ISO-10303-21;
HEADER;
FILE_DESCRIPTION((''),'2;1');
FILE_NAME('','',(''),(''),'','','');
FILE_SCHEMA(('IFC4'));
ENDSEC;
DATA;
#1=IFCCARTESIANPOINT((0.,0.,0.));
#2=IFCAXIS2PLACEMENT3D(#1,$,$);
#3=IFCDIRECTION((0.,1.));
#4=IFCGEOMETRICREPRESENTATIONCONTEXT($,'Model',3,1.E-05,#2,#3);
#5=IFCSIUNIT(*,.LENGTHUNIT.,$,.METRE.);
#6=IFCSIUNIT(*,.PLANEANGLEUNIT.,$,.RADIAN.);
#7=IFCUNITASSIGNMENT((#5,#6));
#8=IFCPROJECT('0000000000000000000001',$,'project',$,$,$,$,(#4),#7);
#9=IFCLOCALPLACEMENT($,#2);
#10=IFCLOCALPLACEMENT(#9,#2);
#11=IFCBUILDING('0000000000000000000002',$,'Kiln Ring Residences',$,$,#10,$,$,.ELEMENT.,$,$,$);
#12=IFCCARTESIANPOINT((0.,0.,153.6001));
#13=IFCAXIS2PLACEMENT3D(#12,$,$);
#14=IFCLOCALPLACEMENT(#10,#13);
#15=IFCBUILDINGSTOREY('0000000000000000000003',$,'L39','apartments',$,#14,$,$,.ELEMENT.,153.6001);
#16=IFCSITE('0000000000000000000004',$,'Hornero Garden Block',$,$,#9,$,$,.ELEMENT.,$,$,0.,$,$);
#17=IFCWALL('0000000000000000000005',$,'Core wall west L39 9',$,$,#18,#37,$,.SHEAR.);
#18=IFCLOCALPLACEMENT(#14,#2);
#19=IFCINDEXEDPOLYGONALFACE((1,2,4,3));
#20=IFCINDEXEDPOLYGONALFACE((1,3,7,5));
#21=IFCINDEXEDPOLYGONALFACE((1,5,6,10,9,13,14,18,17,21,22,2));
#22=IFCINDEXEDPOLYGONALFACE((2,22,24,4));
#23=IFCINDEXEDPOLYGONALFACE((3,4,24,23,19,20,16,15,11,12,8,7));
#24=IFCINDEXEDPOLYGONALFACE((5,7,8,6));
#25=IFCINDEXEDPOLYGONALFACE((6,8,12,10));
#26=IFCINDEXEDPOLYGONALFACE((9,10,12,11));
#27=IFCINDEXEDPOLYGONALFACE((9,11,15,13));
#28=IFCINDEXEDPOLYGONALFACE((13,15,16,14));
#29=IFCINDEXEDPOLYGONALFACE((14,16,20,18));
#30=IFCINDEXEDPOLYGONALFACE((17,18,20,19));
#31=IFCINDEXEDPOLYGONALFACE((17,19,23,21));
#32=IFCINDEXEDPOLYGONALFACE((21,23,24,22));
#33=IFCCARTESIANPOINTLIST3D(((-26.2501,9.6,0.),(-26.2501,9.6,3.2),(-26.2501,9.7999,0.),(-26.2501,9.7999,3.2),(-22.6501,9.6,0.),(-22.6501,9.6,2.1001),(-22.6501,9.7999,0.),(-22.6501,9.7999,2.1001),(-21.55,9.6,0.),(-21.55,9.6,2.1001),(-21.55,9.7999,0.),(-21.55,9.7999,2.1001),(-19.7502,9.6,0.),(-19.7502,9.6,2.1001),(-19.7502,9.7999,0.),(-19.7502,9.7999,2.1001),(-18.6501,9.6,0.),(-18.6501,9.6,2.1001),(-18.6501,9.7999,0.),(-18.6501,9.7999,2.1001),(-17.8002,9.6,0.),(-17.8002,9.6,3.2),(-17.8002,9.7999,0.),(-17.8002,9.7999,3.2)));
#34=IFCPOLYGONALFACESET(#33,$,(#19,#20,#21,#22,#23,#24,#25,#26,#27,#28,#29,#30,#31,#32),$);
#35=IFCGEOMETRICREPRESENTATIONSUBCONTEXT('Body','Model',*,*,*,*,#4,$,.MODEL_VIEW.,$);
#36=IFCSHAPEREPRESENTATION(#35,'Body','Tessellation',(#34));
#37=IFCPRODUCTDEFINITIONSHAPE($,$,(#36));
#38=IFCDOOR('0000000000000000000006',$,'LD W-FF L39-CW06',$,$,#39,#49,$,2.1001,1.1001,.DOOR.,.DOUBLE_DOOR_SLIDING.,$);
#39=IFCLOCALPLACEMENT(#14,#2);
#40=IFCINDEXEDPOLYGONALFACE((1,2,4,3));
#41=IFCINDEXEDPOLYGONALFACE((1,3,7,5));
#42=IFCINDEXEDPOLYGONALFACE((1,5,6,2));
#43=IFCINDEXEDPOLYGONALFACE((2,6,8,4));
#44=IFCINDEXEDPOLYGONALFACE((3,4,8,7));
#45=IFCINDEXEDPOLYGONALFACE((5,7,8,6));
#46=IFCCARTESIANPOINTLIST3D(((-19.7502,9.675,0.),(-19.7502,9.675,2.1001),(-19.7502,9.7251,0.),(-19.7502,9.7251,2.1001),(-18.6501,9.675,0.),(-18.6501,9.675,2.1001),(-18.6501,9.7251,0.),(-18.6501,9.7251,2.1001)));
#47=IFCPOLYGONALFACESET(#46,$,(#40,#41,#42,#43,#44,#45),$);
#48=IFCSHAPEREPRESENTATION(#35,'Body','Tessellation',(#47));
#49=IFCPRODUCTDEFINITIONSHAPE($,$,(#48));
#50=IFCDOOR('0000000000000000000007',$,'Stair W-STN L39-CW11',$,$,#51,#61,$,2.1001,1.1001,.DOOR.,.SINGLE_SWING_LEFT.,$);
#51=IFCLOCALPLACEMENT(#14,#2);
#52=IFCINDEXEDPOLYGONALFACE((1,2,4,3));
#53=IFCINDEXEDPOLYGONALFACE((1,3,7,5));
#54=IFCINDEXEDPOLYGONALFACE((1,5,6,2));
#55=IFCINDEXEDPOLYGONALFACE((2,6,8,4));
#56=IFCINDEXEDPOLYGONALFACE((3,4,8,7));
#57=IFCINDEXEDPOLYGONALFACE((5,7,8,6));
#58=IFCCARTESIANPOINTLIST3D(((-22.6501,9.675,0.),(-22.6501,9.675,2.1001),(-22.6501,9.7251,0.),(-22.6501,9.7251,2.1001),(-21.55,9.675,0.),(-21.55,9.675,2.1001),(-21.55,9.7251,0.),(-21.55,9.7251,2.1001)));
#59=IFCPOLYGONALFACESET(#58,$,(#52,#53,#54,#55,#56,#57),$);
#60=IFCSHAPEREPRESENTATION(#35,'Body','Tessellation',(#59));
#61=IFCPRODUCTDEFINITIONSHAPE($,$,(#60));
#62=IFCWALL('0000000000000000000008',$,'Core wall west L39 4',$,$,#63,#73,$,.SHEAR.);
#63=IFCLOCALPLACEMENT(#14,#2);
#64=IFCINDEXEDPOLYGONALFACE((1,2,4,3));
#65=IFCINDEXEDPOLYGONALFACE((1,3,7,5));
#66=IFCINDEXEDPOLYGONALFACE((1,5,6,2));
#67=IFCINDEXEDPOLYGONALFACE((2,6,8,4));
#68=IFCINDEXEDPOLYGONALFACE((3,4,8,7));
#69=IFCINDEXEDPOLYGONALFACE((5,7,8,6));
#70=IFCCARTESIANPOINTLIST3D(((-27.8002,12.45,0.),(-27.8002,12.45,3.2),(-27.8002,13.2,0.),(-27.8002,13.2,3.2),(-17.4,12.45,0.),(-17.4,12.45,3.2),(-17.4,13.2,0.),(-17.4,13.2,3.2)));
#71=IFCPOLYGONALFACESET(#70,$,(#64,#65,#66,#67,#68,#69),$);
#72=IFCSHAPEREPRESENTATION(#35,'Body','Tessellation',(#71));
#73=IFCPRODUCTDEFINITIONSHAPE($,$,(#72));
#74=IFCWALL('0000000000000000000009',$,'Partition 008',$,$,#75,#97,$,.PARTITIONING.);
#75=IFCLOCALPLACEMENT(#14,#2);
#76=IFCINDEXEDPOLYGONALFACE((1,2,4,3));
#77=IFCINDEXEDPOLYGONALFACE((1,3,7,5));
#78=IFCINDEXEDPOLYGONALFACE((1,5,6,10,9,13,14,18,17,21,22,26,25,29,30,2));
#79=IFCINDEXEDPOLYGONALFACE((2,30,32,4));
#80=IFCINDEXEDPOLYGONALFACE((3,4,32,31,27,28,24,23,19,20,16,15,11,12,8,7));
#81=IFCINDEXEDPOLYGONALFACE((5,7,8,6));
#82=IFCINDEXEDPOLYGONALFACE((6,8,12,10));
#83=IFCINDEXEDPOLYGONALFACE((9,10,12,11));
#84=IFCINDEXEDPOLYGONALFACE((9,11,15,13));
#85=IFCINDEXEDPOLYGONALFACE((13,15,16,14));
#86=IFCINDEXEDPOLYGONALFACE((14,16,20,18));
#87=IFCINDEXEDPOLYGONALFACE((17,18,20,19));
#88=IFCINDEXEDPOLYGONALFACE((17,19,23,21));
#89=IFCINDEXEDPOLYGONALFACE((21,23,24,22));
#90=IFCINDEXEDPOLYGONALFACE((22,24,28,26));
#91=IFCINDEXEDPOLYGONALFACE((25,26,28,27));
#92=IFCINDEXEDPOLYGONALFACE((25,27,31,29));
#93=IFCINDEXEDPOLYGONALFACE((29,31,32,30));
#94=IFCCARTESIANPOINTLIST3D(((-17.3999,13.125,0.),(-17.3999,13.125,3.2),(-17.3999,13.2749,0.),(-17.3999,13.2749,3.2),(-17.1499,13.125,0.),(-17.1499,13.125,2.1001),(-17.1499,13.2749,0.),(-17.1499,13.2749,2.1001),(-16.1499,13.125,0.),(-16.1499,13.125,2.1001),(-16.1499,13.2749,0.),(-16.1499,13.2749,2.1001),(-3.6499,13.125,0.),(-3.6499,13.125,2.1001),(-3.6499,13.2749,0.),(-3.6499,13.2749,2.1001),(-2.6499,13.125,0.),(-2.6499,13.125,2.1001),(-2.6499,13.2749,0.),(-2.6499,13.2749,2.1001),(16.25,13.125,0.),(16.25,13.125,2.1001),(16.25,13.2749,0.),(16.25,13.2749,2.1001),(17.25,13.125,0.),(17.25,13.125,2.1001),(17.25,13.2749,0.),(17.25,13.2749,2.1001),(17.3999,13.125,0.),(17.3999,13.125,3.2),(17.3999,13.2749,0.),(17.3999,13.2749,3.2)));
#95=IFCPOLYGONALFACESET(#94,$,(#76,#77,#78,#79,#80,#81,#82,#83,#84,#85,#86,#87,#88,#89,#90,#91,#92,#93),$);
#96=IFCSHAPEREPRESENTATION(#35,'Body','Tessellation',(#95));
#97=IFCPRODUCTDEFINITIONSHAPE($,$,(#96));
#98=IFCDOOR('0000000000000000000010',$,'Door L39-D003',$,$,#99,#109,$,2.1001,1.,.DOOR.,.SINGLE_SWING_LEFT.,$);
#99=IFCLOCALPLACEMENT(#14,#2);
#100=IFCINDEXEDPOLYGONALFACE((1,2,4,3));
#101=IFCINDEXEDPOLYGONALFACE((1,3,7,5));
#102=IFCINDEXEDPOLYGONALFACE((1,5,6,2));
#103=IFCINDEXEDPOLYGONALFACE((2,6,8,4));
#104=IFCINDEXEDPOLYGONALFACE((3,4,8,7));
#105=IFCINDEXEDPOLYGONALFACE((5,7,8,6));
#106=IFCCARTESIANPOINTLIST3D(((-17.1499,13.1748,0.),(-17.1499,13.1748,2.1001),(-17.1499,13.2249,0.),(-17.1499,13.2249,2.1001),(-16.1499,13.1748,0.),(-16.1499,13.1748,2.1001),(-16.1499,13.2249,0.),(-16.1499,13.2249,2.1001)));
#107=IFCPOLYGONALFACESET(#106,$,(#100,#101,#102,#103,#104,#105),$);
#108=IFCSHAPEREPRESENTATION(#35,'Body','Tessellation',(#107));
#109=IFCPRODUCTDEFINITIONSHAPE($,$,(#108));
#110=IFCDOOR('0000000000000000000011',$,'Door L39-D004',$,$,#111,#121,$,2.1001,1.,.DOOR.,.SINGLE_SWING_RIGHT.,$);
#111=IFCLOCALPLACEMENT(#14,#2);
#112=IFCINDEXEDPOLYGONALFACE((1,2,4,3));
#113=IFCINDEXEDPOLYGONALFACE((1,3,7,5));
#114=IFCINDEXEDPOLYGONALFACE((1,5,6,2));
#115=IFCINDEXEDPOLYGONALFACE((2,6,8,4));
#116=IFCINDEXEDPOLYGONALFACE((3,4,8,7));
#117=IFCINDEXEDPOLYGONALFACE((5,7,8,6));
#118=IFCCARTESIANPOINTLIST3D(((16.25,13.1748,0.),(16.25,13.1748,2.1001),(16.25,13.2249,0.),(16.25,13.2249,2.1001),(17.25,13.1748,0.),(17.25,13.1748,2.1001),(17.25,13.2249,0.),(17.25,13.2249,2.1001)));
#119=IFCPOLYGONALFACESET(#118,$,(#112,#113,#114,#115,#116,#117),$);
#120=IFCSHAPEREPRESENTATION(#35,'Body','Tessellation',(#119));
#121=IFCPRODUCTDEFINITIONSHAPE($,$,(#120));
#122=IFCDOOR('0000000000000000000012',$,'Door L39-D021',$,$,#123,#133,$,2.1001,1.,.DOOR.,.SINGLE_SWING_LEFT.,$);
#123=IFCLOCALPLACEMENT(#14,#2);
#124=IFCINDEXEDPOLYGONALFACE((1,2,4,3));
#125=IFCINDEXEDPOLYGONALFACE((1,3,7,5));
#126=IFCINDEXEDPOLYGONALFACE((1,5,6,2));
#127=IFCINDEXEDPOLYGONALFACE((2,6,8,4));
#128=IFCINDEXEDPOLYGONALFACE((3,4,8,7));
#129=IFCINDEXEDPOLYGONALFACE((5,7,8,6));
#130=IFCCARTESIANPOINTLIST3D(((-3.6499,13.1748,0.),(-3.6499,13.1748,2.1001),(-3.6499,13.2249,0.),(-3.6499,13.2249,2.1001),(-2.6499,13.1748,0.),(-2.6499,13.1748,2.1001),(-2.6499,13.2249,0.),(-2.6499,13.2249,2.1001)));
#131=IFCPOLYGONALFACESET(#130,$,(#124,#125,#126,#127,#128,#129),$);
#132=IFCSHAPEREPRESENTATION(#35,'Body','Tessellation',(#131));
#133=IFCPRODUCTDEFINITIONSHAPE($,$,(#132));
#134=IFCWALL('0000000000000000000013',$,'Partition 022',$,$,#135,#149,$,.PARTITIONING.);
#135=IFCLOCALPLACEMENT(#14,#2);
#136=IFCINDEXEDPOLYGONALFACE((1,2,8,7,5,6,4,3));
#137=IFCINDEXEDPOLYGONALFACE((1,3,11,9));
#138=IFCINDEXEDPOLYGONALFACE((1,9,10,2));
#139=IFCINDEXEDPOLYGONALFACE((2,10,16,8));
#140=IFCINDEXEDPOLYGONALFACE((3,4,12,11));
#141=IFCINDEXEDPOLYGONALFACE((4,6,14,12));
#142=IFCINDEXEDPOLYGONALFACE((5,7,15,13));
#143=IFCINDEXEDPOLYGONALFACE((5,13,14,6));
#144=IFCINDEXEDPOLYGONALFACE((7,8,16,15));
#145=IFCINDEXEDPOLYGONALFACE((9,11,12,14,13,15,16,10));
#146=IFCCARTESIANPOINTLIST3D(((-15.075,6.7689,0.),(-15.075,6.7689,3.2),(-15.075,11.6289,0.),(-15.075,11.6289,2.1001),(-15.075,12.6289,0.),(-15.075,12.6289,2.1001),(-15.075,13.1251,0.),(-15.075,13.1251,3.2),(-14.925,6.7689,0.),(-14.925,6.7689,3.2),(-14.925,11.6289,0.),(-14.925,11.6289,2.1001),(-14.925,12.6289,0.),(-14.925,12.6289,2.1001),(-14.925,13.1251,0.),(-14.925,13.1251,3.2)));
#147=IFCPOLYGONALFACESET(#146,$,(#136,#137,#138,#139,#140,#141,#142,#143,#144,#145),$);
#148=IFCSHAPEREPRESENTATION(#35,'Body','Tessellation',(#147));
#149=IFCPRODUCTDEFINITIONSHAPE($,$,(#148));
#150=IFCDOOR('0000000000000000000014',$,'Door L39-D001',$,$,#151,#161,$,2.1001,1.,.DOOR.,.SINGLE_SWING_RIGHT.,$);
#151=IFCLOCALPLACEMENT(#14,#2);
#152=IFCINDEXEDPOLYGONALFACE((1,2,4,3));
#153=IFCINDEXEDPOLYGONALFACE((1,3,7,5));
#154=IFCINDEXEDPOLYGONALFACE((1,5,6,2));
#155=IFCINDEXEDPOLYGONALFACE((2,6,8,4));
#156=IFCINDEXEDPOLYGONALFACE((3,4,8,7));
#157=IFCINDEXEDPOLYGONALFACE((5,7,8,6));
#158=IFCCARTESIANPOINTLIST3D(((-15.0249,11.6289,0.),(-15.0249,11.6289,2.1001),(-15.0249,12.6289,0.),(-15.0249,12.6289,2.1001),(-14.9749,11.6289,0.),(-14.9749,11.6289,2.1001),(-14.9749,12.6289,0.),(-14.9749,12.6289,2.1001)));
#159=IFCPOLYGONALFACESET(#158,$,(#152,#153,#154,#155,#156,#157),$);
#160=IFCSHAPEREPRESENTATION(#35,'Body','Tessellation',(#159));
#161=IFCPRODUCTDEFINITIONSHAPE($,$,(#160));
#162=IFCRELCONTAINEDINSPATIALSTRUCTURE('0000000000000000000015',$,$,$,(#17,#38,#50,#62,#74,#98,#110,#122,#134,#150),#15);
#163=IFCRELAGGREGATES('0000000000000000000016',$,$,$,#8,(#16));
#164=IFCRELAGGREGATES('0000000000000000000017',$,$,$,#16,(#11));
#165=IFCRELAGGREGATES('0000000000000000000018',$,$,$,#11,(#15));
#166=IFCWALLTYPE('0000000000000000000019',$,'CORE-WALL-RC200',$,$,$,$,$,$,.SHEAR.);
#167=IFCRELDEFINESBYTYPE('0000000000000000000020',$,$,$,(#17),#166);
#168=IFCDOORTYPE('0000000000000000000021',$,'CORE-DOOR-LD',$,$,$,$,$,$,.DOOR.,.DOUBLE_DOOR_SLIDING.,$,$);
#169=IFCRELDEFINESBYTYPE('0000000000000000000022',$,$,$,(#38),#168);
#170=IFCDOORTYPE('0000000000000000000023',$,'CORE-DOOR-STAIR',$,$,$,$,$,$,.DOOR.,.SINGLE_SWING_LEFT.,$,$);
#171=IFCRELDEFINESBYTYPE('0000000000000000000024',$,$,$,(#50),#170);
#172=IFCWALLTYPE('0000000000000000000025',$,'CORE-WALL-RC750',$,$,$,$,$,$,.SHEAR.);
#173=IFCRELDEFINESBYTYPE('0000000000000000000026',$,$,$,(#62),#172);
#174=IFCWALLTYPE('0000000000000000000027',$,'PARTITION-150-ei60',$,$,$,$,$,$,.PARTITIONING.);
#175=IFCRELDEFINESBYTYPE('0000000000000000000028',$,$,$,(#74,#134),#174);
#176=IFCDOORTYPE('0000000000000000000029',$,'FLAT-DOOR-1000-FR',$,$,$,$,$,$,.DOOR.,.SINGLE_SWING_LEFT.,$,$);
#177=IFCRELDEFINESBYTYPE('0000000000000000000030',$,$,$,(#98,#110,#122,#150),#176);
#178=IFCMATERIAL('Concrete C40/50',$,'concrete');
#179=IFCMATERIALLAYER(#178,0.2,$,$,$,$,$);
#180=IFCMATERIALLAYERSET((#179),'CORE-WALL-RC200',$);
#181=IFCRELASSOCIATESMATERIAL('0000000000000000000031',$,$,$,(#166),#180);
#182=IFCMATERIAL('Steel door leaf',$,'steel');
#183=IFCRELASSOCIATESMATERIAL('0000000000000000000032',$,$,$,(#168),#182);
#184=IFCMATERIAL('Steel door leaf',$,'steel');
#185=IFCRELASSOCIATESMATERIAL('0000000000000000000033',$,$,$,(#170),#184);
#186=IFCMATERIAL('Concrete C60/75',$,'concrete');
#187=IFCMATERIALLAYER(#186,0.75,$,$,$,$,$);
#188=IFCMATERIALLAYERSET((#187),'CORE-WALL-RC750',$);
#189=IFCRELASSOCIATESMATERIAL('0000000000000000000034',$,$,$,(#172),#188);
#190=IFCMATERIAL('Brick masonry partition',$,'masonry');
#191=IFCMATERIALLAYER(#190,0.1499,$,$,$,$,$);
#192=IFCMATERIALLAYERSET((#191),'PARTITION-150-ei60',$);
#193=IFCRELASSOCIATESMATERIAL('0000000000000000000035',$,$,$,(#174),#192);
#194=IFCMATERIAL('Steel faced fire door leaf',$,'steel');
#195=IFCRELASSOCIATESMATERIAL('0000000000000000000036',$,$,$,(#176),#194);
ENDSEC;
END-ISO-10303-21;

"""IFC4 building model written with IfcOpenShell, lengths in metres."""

from ifc_helpers import new_model, si_unit, direction, frame, frame_2d, origin, place, context, subcontext, project, spatial, rectangle, extrude, material, layer, layer_set, type_object, element, fill, save


model = new_model("IFC4")

# Units and contexts
model_context = context("Model", 3, precision=1e-05, world=origin(), true_north=direction((0.0, 1.0)))
body_context = subcontext(model_context, "Body", "Model", "MODEL_VIEW")
ifc_project = project(units=[si_unit("LENGTHUNIT", "METRE"), si_unit("PLANEANGLEUNIT", "RADIAN")], contexts=[model_context])

# Site, building, storey
site_placement = place(None, origin())
site = spatial("IfcSite", under=ifc_project, at=site_placement, Name="Hornero Garden Block", CompositionType="ELEMENT", RefElevation=0.0)
building_placement = place(site_placement, origin())
building = spatial("IfcBuilding", under=site, at=building_placement, Name="Kiln Ring Residences", CompositionType="ELEMENT")
storey_placement = place(building_placement, frame((0.0, 0.0, 153.6001)))
storey = spatial("IfcBuildingStorey", under=building, at=storey_placement, Name="L39", Description="apartments", CompositionType="ELEMENT", Elevation=153.6001)

# Wall, openings, doors
ifc_material_1 = material(Name="Concrete C40/50", Category="concrete")
ifc_layer_1 = layer(ifc_material_1, 0.2)
ifc_layer_set_1 = layer_set([ifc_layer_1], Name="CORE-WALL-RC200")
wall_type_1 = type_object("IfcWallType", Name="CORE-WALL-RC200", PredefinedType="SHEAR", material=ifc_layer_set_1)
wall_1_placement = place(storey_placement, frame((-17.8, 9.7, 0.0), z_axis=(0.0, 0.0, 1.0), x_axis=(-1.0, 0.0, 0.0)))
wall_1 = element("IfcWall", 1, at=wall_1_placement, inside=storey, type_object=wall_type_1, Name="Core wall west L39 9", PredefinedType="SHEAR", context=body_context, shape_type="SweptSolid", body=[
    extrude(rectangle(XDim=8.45, YDim=0.2, at=frame_2d((4.2251, 0.0))), origin(), (0.0, 0.0, 1.0), 3.2),
])
opening_1_placement = place(wall_1_placement, frame((0.8501, 0.0, 0.0)))
opening_1 = element("IfcOpeningElement", 2, at=opening_1_placement, cuts=wall_1, PredefinedType="OPENING", context=body_context, shape_type="SweptSolid", body=[
    extrude(rectangle(XDim=1.1001, YDim=2.1001, at=frame_2d((0.55, 1.05))), frame((0.0, 0.1099, 0.0), z_axis=(0.0, -1.0, 0.0), x_axis=(1.0, 0.0, 0.0)), (0.0, 0.0, 1.0), 0.22),
])
opening_2_placement = place(wall_1_placement, frame((3.75, 0.0, 0.0)))
opening_2 = element("IfcOpeningElement", 3, at=opening_2_placement, cuts=wall_1, PredefinedType="OPENING", context=body_context, shape_type="SweptSolid", body=[
    extrude(rectangle(XDim=1.1001, YDim=2.1001, at=frame_2d((0.55, 1.05))), frame((0.0, 0.1099, 0.0), z_axis=(0.0, -1.0, 0.0), x_axis=(1.0, 0.0, 0.0)), (0.0, 0.0, 1.0), 0.22),
])
ifc_material_2 = material(Name="Steel door leaf", Category="steel")
door_type_1 = type_object("IfcDoorType", Name="CORE-DOOR-LD", OperationType="DOUBLE_DOOR_SLIDING", PredefinedType="DOOR", material=ifc_material_2)
door_1_placement = place(opening_1_placement, origin())
door_1 = element("IfcDoor", 4, at=door_1_placement, inside=storey, type_object=door_type_1, Name="LD W-FF L39-CW06", OperationType="DOUBLE_DOOR_SLIDING", OverallHeight=2.1001, OverallWidth=1.1001, PredefinedType="DOOR", context=body_context, shape_type="SweptSolid", body=[
    extrude(rectangle(XDim=1.1001, YDim=2.1001, at=frame_2d((0.55, 1.05))), frame((0.0, 0.0249, 0.0), z_axis=(0.0, -1.0, 0.0), x_axis=(1.0, 0.0, 0.0)), (0.0, 0.0, 1.0), 0.05),
])
fill(opening_1, door_1)
ifc_material_3 = material(Name="Steel door leaf", Category="steel")
door_type_2 = type_object("IfcDoorType", Name="CORE-DOOR-STAIR", OperationType="SINGLE_SWING_LEFT", PredefinedType="DOOR", material=ifc_material_3)
door_2_placement = place(opening_2_placement, origin())
door_2 = element("IfcDoor", 5, at=door_2_placement, inside=storey, type_object=door_type_2, Name="Stair W-STN L39-CW11", OperationType="SINGLE_SWING_LEFT", OverallHeight=2.1001, OverallWidth=1.1001, PredefinedType="DOOR", context=body_context, shape_type="SweptSolid", body=[
    extrude(rectangle(XDim=1.1001, YDim=2.1001, at=frame_2d((0.55, 1.05))), frame((0.0, 0.0249, 0.0), z_axis=(0.0, -1.0, 0.0), x_axis=(1.0, 0.0, 0.0)), (0.0, 0.0, 1.0), 0.05),
])
fill(opening_2, door_2)

# Wall
ifc_material_4 = material(Name="Concrete C60/75", Category="concrete")
ifc_layer_2 = layer(ifc_material_4, 0.75)
ifc_layer_set_2 = layer_set([ifc_layer_2], Name="CORE-WALL-RC750")
wall_type_2 = type_object("IfcWallType", Name="CORE-WALL-RC750", PredefinedType="SHEAR", material=ifc_layer_set_2)
wall_2_placement = place(storey_placement, frame((-17.3999, 12.825, 0.0), z_axis=(0.0, 0.0, 1.0), x_axis=(-1.0, 0.0, 0.0)))
element("IfcWall", 6, at=wall_2_placement, inside=storey, type_object=wall_type_2, Name="Core wall west L39 4", PredefinedType="SHEAR", context=body_context, shape_type="SweptSolid", body=[
    extrude(rectangle(XDim=10.4001, YDim=0.75, at=frame_2d((5.2002, 0.0))), origin(), (0.0, 0.0, 1.0), 3.2),
])

# Wall, openings, doors
ifc_material_5 = material(Name="Brick masonry partition", Category="masonry")
ifc_layer_3 = layer(ifc_material_5, 0.1499)
ifc_layer_set_3 = layer_set([ifc_layer_3], Name="PARTITION-150-ei60")
wall_type_3 = type_object("IfcWallType", Name="PARTITION-150-ei60", PredefinedType="PARTITIONING", material=ifc_layer_set_3)
wall_3_placement = place(storey_placement, frame((-17.3999, 13.2, 0.0), z_axis=(0.0, 0.0, 1.0), x_axis=(1.0, 0.0, 0.0)))
wall_3 = element("IfcWall", 7, at=wall_3_placement, inside=storey, type_object=wall_type_3, Name="Partition 008", PredefinedType="PARTITIONING", context=body_context, shape_type="SweptSolid", body=[
    extrude(rectangle(XDim=34.7998, YDim=0.1499, at=frame_2d((17.3999, 0.0))), origin(), (0.0, 0.0, 1.0), 3.2),
])
opening_3_placement = place(wall_3_placement, frame((0.25, 0.0, 0.0)))
opening_3 = element("IfcOpeningElement", 8, at=opening_3_placement, cuts=wall_3, PredefinedType="OPENING", context=body_context, shape_type="SweptSolid", body=[
    extrude(rectangle(XDim=1.0, YDim=2.1001, at=frame_2d((0.5, 1.05))), frame((0.0, 0.085, 0.0), z_axis=(0.0, -1.0, 0.0), x_axis=(1.0, 0.0, 0.0)), (0.0, 0.0, 1.0), 0.1699),
])
opening_4_placement = place(wall_3_placement, frame((33.6499, 0.0, 0.0)))
opening_4 = element("IfcOpeningElement", 9, at=opening_4_placement, cuts=wall_3, PredefinedType="OPENING", context=body_context, shape_type="SweptSolid", body=[
    extrude(rectangle(XDim=1.0, YDim=2.1001, at=frame_2d((0.5, 1.05))), frame((0.0, 0.085, 0.0), z_axis=(0.0, -1.0, 0.0), x_axis=(1.0, 0.0, 0.0)), (0.0, 0.0, 1.0), 0.1699),
])
opening_5_placement = place(wall_3_placement, frame((13.75, 0.0, 0.0)))
opening_5 = element("IfcOpeningElement", 10, at=opening_5_placement, cuts=wall_3, PredefinedType="OPENING", context=body_context, shape_type="SweptSolid", body=[
    extrude(rectangle(XDim=1.0, YDim=2.1001, at=frame_2d((0.5, 1.05))), frame((0.0, 0.085, 0.0), z_axis=(0.0, -1.0, 0.0), x_axis=(1.0, 0.0, 0.0)), (0.0, 0.0, 1.0), 0.1699),
])
ifc_material_6 = material(Name="Steel faced fire door leaf", Category="steel")
door_type_3 = type_object("IfcDoorType", Name="FLAT-DOOR-1000-FR", OperationType="SINGLE_SWING_LEFT", PredefinedType="DOOR", material=ifc_material_6)
door_3_placement = place(opening_3_placement, origin())
door_3 = element("IfcDoor", 11, at=door_3_placement, inside=storey, type_object=door_type_3, Name="Door L39-D003", OperationType="SINGLE_SWING_LEFT", OverallHeight=2.1001, OverallWidth=1.0, PredefinedType="DOOR", context=body_context, shape_type="SweptSolid", body=[
    extrude(rectangle(XDim=1.0, YDim=2.1001, at=frame_2d((0.5, 1.05))), frame((0.0, 0.0249, 0.0), z_axis=(0.0, -1.0, 0.0), x_axis=(1.0, 0.0, 0.0)), (0.0, 0.0, 1.0), 0.05),
])
fill(opening_3, door_3)
door_4_placement = place(opening_4_placement, origin())
door_4 = element("IfcDoor", 12, at=door_4_placement, inside=storey, type_object=door_type_3, Name="Door L39-D004", OperationType="SINGLE_SWING_RIGHT", OverallHeight=2.1001, OverallWidth=1.0, PredefinedType="DOOR", context=body_context, shape_type="SweptSolid", body=[
    extrude(rectangle(XDim=1.0, YDim=2.1001, at=frame_2d((0.5, 1.05))), frame((0.0, 0.0249, 0.0), z_axis=(0.0, -1.0, 0.0), x_axis=(1.0, 0.0, 0.0)), (0.0, 0.0, 1.0), 0.05),
])
fill(opening_4, door_4)
door_5_placement = place(opening_5_placement, origin())
door_5 = element("IfcDoor", 13, at=door_5_placement, inside=storey, type_object=door_type_3, Name="Door L39-D021", OperationType="SINGLE_SWING_LEFT", OverallHeight=2.1001, OverallWidth=1.0, PredefinedType="DOOR", context=body_context, shape_type="SweptSolid", body=[
    extrude(rectangle(XDim=1.0, YDim=2.1001, at=frame_2d((0.5, 1.05))), frame((0.0, 0.0249, 0.0), z_axis=(0.0, -1.0, 0.0), x_axis=(1.0, 0.0, 0.0)), (0.0, 0.0, 1.0), 0.05),
])
fill(opening_5, door_5)

# Wall, opening, door
wall_4_placement = place(storey_placement, frame((-15.0, 6.7688, 0.0), z_axis=(0.0, 0.0, 1.0), x_axis=(0.0, 1.0, 0.0)))
wall_4 = element("IfcWall", 14, at=wall_4_placement, inside=storey, type_object=wall_type_3, Name="Partition 022", PredefinedType="PARTITIONING", context=body_context, shape_type="SweptSolid", body=[
    extrude(rectangle(XDim=6.3562, YDim=0.1499, at=frame_2d((3.1782, 0.0))), origin(), (0.0, 0.0, 1.0), 3.2),
])
opening_6_placement = place(wall_4_placement, frame((4.8601, 0.0, 0.0)))
opening_6 = element("IfcOpeningElement", 15, at=opening_6_placement, cuts=wall_4, PredefinedType="OPENING", context=body_context, shape_type="SweptSolid", body=[
    extrude(rectangle(XDim=1.0, YDim=2.1001, at=frame_2d((0.5, 1.05))), frame((0.0, 0.085, 0.0), z_axis=(0.0, -1.0, 0.0), x_axis=(1.0, 0.0, 0.0)), (0.0, 0.0, 1.0), 0.1699),
])
door_6_placement = place(opening_6_placement, origin())
door_6 = element("IfcDoor", 16, at=door_6_placement, inside=storey, type_object=door_type_3, Name="Door L39-D001", OperationType="SINGLE_SWING_RIGHT", OverallHeight=2.1001, OverallWidth=1.0, PredefinedType="DOOR", context=body_context, shape_type="SweptSolid", body=[
    extrude(rectangle(XDim=1.0, YDim=2.1001, at=frame_2d((0.5, 1.05))), frame((0.0, 0.0249, 0.0), z_axis=(0.0, -1.0, 0.0), x_axis=(1.0, 0.0, 0.0)), (0.0, 0.0, 1.0), 0.05),
])
fill(opening_6, door_6)

save(model, "model.ifc")
